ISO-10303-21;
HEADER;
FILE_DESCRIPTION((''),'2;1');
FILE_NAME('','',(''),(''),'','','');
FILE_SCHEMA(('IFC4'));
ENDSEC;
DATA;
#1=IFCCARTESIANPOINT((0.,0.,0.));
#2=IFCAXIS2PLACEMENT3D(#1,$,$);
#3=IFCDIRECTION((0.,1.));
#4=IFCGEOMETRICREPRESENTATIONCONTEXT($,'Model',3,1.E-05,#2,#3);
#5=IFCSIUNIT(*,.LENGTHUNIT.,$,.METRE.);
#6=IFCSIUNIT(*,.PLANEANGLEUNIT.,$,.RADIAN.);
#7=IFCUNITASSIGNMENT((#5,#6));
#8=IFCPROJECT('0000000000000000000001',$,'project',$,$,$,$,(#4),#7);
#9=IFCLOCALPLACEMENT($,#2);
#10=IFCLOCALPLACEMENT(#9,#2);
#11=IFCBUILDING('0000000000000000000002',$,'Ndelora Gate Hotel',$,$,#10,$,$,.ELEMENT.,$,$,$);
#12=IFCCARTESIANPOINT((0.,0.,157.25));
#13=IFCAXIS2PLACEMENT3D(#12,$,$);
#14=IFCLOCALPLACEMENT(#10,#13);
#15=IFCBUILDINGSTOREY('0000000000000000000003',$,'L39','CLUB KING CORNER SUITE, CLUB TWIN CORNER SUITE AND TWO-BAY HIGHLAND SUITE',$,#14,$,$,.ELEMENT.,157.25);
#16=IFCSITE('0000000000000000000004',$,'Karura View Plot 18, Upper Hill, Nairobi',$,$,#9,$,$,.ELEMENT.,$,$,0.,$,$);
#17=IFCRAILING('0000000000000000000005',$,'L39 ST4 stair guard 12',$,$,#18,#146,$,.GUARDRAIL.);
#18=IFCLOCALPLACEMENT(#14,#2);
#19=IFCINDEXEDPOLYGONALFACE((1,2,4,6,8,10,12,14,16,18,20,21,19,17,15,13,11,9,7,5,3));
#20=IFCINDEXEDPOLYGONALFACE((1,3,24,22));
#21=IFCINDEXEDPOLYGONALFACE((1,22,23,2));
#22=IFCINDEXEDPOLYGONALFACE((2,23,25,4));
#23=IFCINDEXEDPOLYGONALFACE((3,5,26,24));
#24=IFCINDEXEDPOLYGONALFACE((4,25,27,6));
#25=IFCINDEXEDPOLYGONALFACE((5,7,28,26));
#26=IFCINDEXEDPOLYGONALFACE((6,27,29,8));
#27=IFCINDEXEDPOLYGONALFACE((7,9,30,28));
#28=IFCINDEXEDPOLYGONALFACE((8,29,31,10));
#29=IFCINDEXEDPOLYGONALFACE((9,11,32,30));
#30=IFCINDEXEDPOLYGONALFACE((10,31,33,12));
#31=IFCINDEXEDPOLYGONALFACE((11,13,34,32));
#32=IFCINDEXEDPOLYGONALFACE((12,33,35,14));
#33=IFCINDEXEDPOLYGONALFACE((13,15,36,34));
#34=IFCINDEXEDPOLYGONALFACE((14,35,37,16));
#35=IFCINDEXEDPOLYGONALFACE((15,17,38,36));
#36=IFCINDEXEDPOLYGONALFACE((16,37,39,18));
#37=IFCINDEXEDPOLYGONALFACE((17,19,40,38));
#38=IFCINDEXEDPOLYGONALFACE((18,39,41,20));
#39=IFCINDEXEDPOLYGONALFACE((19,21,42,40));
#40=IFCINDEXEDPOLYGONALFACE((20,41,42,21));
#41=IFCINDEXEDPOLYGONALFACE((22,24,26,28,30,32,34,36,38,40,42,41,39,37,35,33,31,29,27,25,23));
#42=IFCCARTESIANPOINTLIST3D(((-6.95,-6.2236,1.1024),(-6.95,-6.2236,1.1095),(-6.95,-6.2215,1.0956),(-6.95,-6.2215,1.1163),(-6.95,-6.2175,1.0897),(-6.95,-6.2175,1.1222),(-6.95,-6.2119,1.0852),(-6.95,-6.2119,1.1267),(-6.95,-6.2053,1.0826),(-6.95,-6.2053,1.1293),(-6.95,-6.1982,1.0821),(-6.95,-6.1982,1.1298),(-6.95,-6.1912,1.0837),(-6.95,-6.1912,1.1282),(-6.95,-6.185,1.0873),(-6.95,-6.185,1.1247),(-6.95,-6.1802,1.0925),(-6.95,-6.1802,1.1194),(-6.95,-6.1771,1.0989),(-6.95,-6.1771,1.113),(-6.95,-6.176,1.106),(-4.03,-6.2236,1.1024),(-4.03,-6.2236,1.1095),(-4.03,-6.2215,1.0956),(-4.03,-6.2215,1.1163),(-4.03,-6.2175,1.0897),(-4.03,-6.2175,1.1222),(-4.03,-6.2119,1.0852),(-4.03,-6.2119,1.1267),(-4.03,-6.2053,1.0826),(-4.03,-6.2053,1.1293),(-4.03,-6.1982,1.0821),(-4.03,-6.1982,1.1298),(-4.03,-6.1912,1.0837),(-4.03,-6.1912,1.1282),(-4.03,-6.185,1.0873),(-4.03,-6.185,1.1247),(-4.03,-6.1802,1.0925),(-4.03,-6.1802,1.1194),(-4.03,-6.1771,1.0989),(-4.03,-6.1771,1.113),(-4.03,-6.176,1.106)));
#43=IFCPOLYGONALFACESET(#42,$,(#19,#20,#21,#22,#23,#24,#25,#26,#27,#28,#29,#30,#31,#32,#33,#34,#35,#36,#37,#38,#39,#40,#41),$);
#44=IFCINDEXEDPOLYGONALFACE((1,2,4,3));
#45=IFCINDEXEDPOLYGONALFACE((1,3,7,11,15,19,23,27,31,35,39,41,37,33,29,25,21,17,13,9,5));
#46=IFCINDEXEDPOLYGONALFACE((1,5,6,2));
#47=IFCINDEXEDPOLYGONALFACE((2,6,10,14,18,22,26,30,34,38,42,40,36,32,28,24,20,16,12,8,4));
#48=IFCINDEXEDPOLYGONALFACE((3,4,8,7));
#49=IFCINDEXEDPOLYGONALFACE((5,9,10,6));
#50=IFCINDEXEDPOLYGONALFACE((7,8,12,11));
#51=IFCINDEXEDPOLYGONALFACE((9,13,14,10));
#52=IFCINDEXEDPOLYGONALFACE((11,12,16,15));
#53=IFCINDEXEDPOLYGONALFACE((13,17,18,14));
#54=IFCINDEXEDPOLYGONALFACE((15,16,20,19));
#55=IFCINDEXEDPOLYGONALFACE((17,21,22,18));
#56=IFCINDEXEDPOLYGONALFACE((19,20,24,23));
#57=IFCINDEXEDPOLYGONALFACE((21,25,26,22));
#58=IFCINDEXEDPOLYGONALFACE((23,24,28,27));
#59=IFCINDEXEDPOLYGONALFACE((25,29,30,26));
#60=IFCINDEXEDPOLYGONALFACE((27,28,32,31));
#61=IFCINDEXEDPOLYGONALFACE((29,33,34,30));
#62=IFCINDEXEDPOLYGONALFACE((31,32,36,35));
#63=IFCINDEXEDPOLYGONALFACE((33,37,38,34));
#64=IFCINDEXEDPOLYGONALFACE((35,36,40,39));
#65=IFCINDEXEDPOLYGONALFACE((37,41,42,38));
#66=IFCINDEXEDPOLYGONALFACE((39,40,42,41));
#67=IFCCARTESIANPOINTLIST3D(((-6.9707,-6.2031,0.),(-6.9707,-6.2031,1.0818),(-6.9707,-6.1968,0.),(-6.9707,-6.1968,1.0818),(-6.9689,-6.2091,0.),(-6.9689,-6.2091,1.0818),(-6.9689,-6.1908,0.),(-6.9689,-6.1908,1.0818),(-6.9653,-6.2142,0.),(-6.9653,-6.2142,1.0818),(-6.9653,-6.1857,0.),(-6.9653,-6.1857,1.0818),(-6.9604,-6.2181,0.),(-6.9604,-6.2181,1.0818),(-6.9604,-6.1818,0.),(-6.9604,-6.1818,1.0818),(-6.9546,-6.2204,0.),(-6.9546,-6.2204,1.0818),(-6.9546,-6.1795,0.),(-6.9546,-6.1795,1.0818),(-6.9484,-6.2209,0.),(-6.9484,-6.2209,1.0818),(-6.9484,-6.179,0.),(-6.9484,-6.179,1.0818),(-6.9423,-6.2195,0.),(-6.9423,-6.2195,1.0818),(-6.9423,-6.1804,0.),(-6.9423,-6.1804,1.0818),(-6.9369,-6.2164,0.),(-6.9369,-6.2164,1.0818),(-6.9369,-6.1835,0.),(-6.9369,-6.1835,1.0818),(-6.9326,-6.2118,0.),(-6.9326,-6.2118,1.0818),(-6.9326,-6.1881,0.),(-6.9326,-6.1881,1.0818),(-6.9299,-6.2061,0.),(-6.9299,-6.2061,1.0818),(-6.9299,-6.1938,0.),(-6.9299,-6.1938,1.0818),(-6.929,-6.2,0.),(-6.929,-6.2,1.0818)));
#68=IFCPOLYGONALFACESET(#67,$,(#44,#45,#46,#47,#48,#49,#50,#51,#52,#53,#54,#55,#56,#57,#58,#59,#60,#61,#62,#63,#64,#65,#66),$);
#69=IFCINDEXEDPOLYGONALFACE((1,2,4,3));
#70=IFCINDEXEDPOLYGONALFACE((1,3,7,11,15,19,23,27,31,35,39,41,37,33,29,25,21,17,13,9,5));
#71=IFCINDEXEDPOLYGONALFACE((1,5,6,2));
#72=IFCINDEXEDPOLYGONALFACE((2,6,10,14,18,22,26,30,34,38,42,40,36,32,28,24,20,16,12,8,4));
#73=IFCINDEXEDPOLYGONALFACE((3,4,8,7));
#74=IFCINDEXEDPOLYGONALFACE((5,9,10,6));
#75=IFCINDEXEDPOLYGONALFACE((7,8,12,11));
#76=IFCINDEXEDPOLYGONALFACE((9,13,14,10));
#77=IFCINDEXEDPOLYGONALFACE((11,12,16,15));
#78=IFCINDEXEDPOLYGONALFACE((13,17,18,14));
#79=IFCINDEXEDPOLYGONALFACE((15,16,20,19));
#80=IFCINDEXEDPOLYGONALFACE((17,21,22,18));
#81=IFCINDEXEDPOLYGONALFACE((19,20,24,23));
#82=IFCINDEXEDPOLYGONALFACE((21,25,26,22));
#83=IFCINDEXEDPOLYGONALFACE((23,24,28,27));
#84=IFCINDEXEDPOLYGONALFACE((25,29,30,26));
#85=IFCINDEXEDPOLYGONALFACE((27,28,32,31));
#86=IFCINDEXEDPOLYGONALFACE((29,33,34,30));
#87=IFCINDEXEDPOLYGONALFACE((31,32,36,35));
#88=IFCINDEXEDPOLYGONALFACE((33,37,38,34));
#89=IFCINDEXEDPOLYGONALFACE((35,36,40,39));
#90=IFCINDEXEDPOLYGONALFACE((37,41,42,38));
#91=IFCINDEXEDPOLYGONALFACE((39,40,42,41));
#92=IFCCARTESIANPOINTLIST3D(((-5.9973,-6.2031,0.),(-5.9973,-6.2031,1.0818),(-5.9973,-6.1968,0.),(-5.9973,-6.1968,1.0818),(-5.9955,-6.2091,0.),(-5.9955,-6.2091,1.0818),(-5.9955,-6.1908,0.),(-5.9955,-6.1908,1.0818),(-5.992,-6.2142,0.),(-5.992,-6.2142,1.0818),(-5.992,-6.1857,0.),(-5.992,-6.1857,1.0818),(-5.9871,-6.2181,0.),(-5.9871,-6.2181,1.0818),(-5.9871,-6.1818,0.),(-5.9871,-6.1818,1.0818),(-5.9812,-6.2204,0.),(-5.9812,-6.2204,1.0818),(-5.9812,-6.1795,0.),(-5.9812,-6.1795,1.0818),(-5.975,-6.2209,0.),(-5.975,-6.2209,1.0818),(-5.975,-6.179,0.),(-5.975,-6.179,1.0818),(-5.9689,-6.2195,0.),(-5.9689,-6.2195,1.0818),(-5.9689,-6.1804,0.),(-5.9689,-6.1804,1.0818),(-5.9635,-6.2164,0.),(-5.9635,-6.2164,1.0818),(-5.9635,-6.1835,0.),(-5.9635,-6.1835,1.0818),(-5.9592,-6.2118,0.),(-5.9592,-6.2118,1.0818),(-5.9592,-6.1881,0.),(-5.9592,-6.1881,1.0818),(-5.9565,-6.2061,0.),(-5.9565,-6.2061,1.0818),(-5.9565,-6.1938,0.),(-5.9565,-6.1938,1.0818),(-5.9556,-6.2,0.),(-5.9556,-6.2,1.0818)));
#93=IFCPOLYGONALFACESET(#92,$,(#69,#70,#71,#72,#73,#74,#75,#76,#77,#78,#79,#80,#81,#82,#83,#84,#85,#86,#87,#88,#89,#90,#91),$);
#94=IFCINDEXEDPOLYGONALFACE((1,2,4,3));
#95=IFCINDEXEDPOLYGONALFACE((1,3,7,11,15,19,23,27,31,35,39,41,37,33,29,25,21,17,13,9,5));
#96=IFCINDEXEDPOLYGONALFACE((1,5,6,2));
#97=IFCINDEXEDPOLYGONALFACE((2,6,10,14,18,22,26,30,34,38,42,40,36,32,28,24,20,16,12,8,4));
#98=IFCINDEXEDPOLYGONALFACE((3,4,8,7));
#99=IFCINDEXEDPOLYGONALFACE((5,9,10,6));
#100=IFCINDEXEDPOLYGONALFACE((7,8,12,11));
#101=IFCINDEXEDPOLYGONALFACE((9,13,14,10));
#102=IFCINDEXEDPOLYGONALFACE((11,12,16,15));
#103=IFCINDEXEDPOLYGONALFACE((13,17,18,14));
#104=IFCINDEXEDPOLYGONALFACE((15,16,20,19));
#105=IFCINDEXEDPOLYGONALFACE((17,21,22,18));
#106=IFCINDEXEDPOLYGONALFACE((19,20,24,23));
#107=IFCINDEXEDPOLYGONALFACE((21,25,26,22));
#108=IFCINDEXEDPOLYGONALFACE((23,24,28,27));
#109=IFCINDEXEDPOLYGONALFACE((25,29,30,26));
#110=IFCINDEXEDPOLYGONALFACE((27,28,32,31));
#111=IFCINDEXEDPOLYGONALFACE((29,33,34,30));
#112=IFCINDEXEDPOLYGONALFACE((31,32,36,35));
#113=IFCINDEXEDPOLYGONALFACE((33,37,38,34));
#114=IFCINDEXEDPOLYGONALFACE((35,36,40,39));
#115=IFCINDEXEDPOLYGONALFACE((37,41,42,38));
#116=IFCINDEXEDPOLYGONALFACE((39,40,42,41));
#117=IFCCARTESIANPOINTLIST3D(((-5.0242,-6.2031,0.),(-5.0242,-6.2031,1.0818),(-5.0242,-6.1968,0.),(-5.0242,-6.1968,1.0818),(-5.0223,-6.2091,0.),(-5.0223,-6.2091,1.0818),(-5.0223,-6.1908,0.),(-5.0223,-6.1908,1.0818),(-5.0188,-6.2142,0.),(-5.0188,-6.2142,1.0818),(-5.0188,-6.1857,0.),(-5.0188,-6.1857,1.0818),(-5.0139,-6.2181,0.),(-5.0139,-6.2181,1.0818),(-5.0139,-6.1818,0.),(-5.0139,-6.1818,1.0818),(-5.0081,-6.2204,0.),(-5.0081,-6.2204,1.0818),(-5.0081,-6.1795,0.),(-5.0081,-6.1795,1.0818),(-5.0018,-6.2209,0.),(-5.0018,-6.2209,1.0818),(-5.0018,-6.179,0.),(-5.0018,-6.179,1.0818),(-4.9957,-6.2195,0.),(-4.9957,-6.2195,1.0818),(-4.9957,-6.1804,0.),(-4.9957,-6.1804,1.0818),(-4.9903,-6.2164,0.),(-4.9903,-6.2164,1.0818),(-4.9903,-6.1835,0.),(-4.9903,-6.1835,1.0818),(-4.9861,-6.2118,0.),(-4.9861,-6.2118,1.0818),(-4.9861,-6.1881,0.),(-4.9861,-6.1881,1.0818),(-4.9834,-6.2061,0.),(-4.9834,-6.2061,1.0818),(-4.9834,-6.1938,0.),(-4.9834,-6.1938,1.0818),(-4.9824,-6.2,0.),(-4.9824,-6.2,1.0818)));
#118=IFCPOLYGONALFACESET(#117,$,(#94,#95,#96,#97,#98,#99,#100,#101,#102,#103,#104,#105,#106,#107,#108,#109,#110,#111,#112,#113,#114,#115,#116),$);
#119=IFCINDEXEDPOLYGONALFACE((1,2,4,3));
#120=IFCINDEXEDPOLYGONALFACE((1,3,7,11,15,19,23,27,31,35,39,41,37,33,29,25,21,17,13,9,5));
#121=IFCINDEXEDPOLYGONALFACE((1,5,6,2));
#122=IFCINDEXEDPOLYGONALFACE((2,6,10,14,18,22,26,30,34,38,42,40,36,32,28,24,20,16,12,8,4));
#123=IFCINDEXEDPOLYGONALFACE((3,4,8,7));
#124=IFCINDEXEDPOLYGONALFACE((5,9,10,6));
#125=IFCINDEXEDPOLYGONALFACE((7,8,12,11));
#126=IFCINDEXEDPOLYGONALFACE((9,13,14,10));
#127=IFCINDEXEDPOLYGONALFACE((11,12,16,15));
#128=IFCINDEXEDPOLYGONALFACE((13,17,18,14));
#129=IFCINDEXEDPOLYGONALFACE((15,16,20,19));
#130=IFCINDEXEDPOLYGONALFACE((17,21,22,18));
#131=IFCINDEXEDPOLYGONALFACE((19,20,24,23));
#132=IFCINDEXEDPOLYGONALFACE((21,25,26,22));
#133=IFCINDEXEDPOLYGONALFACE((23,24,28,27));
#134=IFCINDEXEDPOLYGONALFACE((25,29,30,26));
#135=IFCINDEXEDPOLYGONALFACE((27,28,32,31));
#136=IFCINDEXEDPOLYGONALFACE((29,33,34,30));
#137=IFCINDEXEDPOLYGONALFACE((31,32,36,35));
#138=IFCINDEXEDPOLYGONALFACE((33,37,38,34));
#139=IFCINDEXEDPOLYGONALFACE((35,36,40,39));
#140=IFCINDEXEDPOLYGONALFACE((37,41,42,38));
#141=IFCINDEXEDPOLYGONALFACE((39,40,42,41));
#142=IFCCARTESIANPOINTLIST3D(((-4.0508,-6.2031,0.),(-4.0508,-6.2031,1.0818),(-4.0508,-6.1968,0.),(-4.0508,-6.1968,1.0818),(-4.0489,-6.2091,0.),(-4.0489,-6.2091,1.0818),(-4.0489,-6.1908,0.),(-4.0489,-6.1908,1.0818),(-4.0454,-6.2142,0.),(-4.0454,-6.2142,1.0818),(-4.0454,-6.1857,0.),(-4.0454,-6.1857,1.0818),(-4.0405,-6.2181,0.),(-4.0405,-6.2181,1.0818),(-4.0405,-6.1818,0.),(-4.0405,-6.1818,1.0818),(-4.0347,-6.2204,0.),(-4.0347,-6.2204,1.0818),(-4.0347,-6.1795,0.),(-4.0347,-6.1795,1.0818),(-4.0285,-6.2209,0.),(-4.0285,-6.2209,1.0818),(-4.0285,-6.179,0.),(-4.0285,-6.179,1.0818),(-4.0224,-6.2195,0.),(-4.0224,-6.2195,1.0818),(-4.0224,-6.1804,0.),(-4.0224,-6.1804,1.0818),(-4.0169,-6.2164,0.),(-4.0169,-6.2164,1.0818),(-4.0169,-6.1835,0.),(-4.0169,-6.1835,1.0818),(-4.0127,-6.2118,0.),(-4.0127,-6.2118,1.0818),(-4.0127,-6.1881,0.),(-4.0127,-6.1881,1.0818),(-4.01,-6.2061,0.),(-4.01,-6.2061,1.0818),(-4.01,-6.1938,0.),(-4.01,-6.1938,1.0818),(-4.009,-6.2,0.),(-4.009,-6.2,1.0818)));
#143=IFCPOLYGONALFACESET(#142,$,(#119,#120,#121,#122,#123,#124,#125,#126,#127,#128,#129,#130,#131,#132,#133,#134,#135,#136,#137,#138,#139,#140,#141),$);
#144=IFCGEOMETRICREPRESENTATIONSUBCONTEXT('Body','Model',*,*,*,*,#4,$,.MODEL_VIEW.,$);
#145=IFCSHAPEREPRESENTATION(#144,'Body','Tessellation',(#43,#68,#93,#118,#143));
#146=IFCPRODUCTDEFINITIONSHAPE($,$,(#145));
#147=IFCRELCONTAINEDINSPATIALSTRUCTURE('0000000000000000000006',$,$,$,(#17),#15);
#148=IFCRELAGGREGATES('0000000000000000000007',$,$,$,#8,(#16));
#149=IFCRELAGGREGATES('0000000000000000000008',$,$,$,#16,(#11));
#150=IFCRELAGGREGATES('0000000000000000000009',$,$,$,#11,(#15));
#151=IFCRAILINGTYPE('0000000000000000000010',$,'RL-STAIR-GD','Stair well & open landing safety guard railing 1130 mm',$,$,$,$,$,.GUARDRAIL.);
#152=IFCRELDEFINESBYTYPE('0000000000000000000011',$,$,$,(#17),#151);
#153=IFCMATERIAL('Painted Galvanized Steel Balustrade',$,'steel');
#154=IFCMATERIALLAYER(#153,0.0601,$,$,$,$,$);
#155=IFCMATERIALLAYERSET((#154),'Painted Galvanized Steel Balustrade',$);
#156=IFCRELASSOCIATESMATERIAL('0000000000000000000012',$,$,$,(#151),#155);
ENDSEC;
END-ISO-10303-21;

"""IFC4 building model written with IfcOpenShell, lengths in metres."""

from ifc_helpers import new_model, si_unit, direction, frame, origin, origin_2d, place, context, subcontext, project, spatial, circle, extrude, material, layer, layer_set, type_object, element, save


model = new_model("IFC4")

# Units and contexts
model_context = context("Model", 3, precision=1e-05, world=origin(), true_north=direction((0.0, 1.0)))
body_context = subcontext(model_context, "Body", "Model", "MODEL_VIEW")
ifc_project = project(units=[si_unit("LENGTHUNIT", "METRE"), si_unit("PLANEANGLEUNIT", "RADIAN")], contexts=[model_context])

# Site, building, storey
site_placement = place(None, origin())
site = spatial("IfcSite", under=ifc_project, at=site_placement, Name="Karura View Plot 18, Upper Hill, Nairobi", CompositionType="ELEMENT", RefElevation=0.0)
building_placement = place(site_placement, origin())
building = spatial("IfcBuilding", under=site, at=building_placement, Name="Ndelora Gate Hotel", CompositionType="ELEMENT")
storey_placement = place(building_placement, frame((0.0, 0.0, 157.25)))
storey = spatial("IfcBuildingStorey", under=building, at=storey_placement, Name="L39", Description="CLUB KING CORNER SUITE, CLUB TWIN CORNER SUITE AND TWO-BAY HIGHLAND SUITE", CompositionType="ELEMENT", Elevation=157.25)

# Railing
ifc_material_1 = material(Name="Painted Galvanized Steel Balustrade", Category="steel")
ifc_layer_1 = layer(ifc_material_1, 0.0601)
ifc_layer_set_1 = layer_set([ifc_layer_1], Name="Painted Galvanized Steel Balustrade")
railing_type_1 = type_object("IfcRailingType", Name="RL-STAIR-GD", Description="Stair well & open landing safety guard railing 1130 mm", PredefinedType="GUARDRAIL", material=ifc_layer_set_1)
railing_1_placement = place(storey_placement, frame((-6.95, -6.2, 0.0)))
element("IfcRailing", 1, at=railing_1_placement, inside=storey, type_object=railing_type_1, Name="L39 ST4 stair guard 12", PredefinedType="GUARDRAIL", context=body_context, shape_type="SweptSolid", body=[
    extrude(circle(Radius=0.0239, at=origin_2d()), frame((0.0, 0.0, 1.106), z_axis=(1.0, 0.0, 0.0), x_axis=(0.0, 1.0, 0.0)), (0.0, 0.0, 1.0), 2.9199),
    extrude(circle(Radius=0.021, at=origin_2d()), origin(), (0.0, 0.0, 1.0), 1.0818),
    extrude(circle(Radius=0.021, at=origin_2d()), frame((0.9734, 0.0, 0.0)), (0.0, 0.0, 1.0), 1.0818),
    extrude(circle(Radius=0.021, at=origin_2d()), frame((1.9465, 0.0, 0.0)), (0.0, 0.0, 1.0), 1.0818),
    extrude(circle(Radius=0.021, at=origin_2d()), frame((2.9199, 0.0, 0.0)), (0.0, 0.0, 1.0), 1.0818),
])

save(model, "model.ifc")
